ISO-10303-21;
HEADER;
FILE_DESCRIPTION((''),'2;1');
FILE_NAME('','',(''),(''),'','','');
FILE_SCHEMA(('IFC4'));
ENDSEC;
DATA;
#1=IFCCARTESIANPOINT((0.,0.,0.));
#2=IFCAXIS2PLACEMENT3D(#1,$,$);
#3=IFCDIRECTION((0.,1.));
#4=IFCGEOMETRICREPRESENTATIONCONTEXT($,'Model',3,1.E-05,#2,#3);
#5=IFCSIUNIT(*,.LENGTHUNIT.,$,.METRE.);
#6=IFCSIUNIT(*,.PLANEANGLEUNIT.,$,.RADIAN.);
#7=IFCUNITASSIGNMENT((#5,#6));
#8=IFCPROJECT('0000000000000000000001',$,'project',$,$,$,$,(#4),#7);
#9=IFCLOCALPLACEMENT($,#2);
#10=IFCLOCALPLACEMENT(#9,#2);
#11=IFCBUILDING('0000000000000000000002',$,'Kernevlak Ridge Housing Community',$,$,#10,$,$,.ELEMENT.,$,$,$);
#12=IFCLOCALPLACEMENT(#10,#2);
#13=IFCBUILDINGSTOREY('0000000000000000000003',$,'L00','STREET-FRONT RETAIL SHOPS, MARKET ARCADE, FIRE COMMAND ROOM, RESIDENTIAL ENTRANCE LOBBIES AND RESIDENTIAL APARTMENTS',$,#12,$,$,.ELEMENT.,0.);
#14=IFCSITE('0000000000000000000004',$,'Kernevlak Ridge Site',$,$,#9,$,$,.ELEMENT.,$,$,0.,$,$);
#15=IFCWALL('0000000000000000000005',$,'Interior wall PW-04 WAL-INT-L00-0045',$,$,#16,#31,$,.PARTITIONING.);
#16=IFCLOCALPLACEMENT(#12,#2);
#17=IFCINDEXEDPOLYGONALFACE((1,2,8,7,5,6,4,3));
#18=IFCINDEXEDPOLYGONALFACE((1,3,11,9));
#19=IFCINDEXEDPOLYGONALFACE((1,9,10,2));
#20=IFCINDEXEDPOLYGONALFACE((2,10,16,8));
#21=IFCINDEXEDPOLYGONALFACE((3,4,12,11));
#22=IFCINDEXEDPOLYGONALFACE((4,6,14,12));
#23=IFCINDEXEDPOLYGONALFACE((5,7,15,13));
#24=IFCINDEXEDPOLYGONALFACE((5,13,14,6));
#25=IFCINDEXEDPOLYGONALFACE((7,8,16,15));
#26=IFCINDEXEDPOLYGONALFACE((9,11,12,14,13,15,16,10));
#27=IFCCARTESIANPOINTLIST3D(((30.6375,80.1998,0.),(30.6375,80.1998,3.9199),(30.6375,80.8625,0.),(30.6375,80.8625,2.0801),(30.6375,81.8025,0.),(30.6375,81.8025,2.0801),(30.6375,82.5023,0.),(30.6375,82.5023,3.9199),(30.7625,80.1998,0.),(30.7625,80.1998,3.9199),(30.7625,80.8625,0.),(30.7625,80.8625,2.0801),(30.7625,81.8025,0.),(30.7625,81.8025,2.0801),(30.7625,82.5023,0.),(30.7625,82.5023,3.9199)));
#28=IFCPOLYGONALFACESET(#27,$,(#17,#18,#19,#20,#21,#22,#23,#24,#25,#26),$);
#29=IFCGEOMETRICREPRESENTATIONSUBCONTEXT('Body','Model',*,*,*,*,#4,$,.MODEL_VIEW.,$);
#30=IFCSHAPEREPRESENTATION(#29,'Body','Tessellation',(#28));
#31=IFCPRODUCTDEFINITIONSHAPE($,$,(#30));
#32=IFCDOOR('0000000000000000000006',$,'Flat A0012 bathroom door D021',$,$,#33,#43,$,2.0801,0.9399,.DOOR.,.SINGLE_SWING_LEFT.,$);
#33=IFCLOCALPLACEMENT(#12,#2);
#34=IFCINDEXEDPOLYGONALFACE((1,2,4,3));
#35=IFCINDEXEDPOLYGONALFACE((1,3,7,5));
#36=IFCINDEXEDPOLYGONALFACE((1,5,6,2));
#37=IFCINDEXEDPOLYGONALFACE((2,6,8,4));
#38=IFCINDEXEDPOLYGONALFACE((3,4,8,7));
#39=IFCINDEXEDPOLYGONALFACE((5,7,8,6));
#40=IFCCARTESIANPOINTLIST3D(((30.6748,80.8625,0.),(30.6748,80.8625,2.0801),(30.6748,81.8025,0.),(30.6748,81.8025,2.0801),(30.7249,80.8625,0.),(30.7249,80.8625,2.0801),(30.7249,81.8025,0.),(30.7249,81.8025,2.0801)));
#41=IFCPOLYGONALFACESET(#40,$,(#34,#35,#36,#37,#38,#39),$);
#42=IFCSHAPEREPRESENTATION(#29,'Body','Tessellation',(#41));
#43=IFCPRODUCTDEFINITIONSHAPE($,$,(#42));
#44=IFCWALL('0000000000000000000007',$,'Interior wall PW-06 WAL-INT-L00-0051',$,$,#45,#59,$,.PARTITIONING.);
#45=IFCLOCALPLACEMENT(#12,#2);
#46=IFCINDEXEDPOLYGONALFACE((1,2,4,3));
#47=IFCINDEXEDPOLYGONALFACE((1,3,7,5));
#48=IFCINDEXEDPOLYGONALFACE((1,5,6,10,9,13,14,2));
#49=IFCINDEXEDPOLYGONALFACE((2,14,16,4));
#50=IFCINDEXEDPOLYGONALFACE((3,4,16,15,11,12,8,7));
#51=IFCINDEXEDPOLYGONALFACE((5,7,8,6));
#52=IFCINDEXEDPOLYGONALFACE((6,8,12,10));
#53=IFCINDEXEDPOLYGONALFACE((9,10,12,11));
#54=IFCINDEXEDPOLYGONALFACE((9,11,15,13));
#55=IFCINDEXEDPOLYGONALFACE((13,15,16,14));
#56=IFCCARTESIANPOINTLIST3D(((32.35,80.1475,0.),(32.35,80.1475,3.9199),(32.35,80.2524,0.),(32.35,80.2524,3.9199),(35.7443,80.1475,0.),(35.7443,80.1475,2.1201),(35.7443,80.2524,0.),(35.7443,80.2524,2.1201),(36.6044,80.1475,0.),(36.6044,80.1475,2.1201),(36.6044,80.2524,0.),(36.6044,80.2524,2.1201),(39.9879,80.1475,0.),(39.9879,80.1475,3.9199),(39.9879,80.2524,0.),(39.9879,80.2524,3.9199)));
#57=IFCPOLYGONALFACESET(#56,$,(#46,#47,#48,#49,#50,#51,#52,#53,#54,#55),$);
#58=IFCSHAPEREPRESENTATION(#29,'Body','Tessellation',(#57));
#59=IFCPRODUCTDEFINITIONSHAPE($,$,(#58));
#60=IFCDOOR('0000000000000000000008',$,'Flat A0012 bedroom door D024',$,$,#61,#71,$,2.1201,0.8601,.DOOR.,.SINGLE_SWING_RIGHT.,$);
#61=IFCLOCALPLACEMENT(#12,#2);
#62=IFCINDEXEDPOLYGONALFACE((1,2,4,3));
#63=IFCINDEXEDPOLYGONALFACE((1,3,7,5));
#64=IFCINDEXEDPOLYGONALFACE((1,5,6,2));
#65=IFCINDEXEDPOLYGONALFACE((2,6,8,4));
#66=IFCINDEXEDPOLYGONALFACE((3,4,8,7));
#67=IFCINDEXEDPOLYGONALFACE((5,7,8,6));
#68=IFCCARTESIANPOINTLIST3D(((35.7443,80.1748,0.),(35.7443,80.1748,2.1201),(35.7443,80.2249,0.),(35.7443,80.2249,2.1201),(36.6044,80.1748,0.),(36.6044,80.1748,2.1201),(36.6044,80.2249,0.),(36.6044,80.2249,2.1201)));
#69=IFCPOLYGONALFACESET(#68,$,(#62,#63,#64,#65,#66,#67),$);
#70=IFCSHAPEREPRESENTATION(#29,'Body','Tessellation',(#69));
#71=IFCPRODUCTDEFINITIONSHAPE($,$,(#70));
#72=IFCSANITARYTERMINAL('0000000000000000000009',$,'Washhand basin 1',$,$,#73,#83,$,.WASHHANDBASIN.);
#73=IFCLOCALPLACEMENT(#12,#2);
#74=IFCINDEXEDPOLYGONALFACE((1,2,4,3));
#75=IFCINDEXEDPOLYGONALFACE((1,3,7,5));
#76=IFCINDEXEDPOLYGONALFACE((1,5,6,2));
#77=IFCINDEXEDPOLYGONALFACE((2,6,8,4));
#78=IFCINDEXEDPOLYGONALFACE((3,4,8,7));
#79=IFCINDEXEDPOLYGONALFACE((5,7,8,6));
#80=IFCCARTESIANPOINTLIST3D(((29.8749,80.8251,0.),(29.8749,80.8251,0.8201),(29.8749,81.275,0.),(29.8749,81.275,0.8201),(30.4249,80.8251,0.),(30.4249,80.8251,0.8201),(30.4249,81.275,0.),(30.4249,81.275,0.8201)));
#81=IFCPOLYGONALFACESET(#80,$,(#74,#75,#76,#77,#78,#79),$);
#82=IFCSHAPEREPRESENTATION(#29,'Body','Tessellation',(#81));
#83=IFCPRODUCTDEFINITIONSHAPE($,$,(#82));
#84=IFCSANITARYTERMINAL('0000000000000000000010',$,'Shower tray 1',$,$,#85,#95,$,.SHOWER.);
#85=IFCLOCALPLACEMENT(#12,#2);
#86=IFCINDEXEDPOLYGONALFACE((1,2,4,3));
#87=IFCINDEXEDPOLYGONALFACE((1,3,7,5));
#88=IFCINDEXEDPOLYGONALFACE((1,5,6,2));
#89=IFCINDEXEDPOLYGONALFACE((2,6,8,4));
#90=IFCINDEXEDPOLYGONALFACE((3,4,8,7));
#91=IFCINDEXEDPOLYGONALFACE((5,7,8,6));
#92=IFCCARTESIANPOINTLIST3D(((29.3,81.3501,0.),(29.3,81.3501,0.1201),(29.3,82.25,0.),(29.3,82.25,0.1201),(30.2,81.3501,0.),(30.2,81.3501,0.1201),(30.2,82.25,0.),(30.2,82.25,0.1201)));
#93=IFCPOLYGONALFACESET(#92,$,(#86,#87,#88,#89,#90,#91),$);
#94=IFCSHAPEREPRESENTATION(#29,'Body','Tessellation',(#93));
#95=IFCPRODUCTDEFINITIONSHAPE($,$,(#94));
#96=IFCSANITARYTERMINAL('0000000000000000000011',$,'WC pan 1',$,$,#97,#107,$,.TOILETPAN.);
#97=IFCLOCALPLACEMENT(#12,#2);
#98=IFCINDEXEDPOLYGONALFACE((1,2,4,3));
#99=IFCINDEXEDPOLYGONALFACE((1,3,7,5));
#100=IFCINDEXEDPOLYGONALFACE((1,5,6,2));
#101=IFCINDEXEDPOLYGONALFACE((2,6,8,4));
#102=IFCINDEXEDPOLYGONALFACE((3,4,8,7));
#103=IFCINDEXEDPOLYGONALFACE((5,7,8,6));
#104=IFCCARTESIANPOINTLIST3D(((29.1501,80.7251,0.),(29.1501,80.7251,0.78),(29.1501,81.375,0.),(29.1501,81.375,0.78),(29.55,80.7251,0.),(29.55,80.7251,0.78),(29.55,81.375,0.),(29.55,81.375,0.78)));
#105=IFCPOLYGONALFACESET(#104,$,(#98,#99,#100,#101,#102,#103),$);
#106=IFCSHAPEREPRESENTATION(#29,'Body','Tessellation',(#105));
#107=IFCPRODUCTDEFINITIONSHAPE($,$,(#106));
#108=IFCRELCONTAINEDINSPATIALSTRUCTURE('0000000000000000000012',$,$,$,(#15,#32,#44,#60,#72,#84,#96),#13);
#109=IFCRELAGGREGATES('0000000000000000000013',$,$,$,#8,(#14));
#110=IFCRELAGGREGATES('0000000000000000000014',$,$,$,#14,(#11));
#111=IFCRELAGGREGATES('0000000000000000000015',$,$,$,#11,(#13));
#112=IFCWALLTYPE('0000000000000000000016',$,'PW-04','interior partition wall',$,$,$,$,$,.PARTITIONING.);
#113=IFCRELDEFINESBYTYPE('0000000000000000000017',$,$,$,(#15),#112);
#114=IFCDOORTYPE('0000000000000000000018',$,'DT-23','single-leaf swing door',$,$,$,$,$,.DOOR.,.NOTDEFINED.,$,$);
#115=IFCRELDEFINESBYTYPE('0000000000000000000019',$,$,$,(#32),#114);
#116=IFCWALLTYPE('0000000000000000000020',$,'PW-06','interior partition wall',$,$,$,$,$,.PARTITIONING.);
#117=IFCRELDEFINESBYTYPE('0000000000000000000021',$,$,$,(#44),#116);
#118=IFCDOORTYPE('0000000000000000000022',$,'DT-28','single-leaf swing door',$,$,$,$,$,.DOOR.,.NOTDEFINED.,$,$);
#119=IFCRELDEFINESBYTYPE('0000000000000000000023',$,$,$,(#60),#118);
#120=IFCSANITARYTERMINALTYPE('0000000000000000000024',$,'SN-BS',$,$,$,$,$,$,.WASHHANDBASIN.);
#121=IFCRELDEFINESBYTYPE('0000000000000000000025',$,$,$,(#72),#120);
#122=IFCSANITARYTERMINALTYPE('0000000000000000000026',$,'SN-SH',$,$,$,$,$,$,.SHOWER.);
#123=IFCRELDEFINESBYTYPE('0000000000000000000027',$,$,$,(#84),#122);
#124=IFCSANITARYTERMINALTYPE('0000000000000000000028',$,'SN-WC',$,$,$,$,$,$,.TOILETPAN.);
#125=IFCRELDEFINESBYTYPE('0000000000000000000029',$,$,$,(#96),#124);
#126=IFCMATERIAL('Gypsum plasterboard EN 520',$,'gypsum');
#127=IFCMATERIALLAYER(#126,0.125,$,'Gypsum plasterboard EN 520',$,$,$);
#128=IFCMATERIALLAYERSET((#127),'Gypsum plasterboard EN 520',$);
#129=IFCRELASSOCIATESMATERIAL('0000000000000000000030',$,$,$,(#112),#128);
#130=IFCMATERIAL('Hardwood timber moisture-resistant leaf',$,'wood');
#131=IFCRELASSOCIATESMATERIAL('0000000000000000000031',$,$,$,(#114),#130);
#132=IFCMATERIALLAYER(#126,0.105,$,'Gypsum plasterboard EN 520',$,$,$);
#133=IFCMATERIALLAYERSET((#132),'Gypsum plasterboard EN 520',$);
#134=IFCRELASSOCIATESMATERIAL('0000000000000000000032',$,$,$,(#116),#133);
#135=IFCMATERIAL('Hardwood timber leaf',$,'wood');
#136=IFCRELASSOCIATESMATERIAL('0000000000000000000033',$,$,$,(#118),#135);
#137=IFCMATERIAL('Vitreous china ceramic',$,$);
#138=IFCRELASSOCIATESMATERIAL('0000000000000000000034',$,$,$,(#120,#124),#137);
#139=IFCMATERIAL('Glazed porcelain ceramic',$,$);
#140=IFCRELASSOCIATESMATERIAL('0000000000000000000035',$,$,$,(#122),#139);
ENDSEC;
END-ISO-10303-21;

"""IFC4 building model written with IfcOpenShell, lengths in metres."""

from ifc_helpers import new_model, si_unit, direction, frame, frame_2d, origin, origin_2d, place, context, subcontext, project, spatial, rectangle, extrude, material, layer, layer_set, type_object, element, fill, save


model = new_model("IFC4")

# Units and contexts
model_context = context("Model", 3, precision=1e-05, world=origin(), true_north=direction((0.0, 1.0)))
body_context = subcontext(model_context, "Body", "Model", "MODEL_VIEW")
ifc_project = project(units=[si_unit("LENGTHUNIT", "METRE"), si_unit("PLANEANGLEUNIT", "RADIAN")], contexts=[model_context])

# Site, building, storey
site_placement = place(None, origin())
site = spatial("IfcSite", under=ifc_project, at=site_placement, Name="Kernevlak Ridge Site", CompositionType="ELEMENT", RefElevation=0.0)
building_placement = place(site_placement, origin())
building = spatial("IfcBuilding", under=site, at=building_placement, Name="Kernevlak Ridge Housing Community", CompositionType="ELEMENT")
storey_placement = place(building_placement, origin())
storey = spatial("IfcBuildingStorey", under=building, at=storey_placement, Name="L00", Description="STREET-FRONT RETAIL SHOPS, MARKET ARCADE, FIRE COMMAND ROOM, RESIDENTIAL ENTRANCE LOBBIES AND RESIDENTIAL APARTMENTS", CompositionType="ELEMENT", Elevation=0.0)

# Shared definitions
ifc_material_1 = material(Name="Hardwood timber leaf", Category="wood")

# Walls, openings, doors
ifc_material_2 = material(Name="Gypsum plasterboard EN 520", Category="gypsum")
ifc_layer_1 = layer(ifc_material_2, 0.125, Name="Gypsum plasterboard EN 520")
ifc_layer_set_1 = layer_set([ifc_layer_1], Name="Gypsum plasterboard EN 520")
wall_type_1 = type_object("IfcWallType", Name="PW-04", Description="interior partition wall", PredefinedType="PARTITIONING", material=ifc_layer_set_1)
wall_1_placement = place(storey_placement, frame((30.7, 82.5024, 0.0), z_axis=(0.0, 0.0, 1.0), x_axis=(0.0, -1.0, 0.0)))
wall_1 = element("IfcWall", 1, at=wall_1_placement, inside=storey, type_object=wall_type_1, Name="Interior wall PW-04 WAL-INT-L00-0045", PredefinedType="PARTITIONING", context=body_context, shape_type="SweptSolid", body=[
    extrude(rectangle(XDim=2.3025, YDim=0.125, at=frame_2d((1.1514, 0.0))), origin(), (0.0, 0.0, 1.0), 3.9199),
])
opening_1_placement = place(wall_1_placement, frame((0.7, 0.0, 0.0)))
opening_1 = element("IfcOpeningElement", 2, at=opening_1_placement, cuts=wall_1, PredefinedType="OPENING", context=body_context, shape_type="SweptSolid", body=[
    extrude(rectangle(XDim=0.9399, YDim=2.0801, at=frame_2d((0.47, 1.04))), frame((0.0, 0.0725, 0.0), z_axis=(0.0, -1.0, 0.0), x_axis=(1.0, 0.0, 0.0)), (0.0, 0.0, 1.0), 0.145),
])
ifc_material_3 = material(Name="Hardwood timber moisture-resistant leaf", Category="wood")
door_type_1 = type_object("IfcDoorType", Name="DT-23", Description="single-leaf swing door", OperationType="NOTDEFINED", PredefinedType="DOOR", material=ifc_material_3)
door_1_placement = place(opening_1_placement, origin())
door_1 = element("IfcDoor", 3, at=door_1_placement, inside=storey, type_object=door_type_1, Name="Flat A0012 bathroom door D021", OperationType="SINGLE_SWING_LEFT", OverallHeight=2.0801, OverallWidth=0.9399, PredefinedType="DOOR", context=body_context, shape_type="SweptSolid", body=[
    extrude(rectangle(XDim=0.9399, YDim=2.0801, at=frame_2d((0.47, 1.04))), frame((0.0, 0.0249, 0.0), z_axis=(0.0, -1.0, 0.0), x_axis=(1.0, 0.0, 0.0)), (0.0, 0.0, 1.0), 0.05),
])
fill(opening_1, door_1)
ifc_layer_2 = layer(ifc_material_2, 0.105, Name="Gypsum plasterboard EN 520")
ifc_layer_set_2 = layer_set([ifc_layer_2], Name="Gypsum plasterboard EN 520")
wall_type_2 = type_object("IfcWallType", Name="PW-06", Description="interior partition wall", PredefinedType="PARTITIONING", material=ifc_layer_set_2)
wall_2_placement = place(storey_placement, frame((32.3501, 80.2, 0.0), z_axis=(0.0, 0.0, 1.0), x_axis=(1.0, 0.0, 0.0)))
wall_2 = element("IfcWall", 4, at=wall_2_placement, inside=storey, type_object=wall_type_2, Name="Interior wall PW-06 WAL-INT-L00-0051", PredefinedType="PARTITIONING", context=body_context, shape_type="SweptSolid", body=[
    extrude(rectangle(XDim=7.6379, YDim=0.105, at=frame_2d((3.8188, 0.0))), origin(), (0.0, 0.0, 1.0), 3.9199),
])
opening_2_placement = place(wall_2_placement, frame((3.394, 0.0, 0.0)))
opening_2 = element("IfcOpeningElement", 5, at=opening_2_placement, cuts=wall_2, PredefinedType="OPENING", context=body_context, shape_type="SweptSolid", body=[
    extrude(rectangle(XDim=0.8601, YDim=2.1201, at=frame_2d((0.4302, 1.0601))), frame((0.0, 0.0625, 0.0), z_axis=(0.0, -1.0, 0.0), x_axis=(1.0, 0.0, 0.0)), (0.0, 0.0, 1.0), 0.125),
])
door_type_2 = type_object("IfcDoorType", Name="DT-28", Description="single-leaf swing door", OperationType="NOTDEFINED", PredefinedType="DOOR", material=ifc_material_1)
door_2_placement = place(opening_2_placement, origin())
door_2 = element("IfcDoor", 6, at=door_2_placement, inside=storey, type_object=door_type_2, Name="Flat A0012 bedroom door D024", OperationType="SINGLE_SWING_RIGHT", OverallHeight=2.1201, OverallWidth=0.8601, PredefinedType="DOOR", context=body_context, shape_type="SweptSolid", body=[
    extrude(rectangle(XDim=0.8601, YDim=2.1201, at=frame_2d((0.4302, 1.0601))), frame((0.0, 0.0249, 0.0), z_axis=(0.0, -1.0, 0.0), x_axis=(1.0, 0.0, 0.0)), (0.0, 0.0, 1.0), 0.05),
])
fill(opening_2, door_2)

# Sanitary terminals
ifc_material_4 = material(Name="Vitreous china ceramic")
sanitary_terminal_type_1 = type_object("IfcSanitaryTerminalType", Name="SN-BS", PredefinedType="WASHHANDBASIN", material=ifc_material_4)
sanitary_terminal_1_placement = place(storey_placement, frame((30.1499, 81.05, 0.0), z_axis=(0.0, 0.0, 1.0), x_axis=(1.0, 0.0, 0.0)))
element("IfcSanitaryTerminal", 7, at=sanitary_terminal_1_placement, inside=storey, type_object=sanitary_terminal_type_1, Name="Washhand basin 1", PredefinedType="WASHHANDBASIN", context=body_context, shape_type="SweptSolid", body=[
    extrude(rectangle(XDim=0.55, YDim=0.45, at=origin_2d()), origin(), (0.0, 0.0, 1.0), 0.8201),
])
ifc_material_5 = material(Name="Glazed porcelain ceramic")
sanitary_terminal_type_2 = type_object("IfcSanitaryTerminalType", Name="SN-SH", PredefinedType="SHOWER", material=ifc_material_5)
sanitary_terminal_2_placement = place(storey_placement, frame((29.75, 81.8, 0.0), z_axis=(0.0, 0.0, 1.0), x_axis=(1.0, 0.0, 0.0)))
element("IfcSanitaryTerminal", 8, at=sanitary_terminal_2_placement, inside=storey, type_object=sanitary_terminal_type_2, Name="Shower tray 1", PredefinedType="SHOWER", context=body_context, shape_type="SweptSolid", body=[
    extrude(rectangle(XDim=0.8999, YDim=0.8999, at=origin_2d()), origin(), (0.0, 0.0, 1.0), 0.1201),
])
sanitary_terminal_type_3 = type_object("IfcSanitaryTerminalType", Name="SN-WC", PredefinedType="TOILETPAN", material=ifc_material_4)
sanitary_terminal_3_placement = place(storey_placement, frame((29.3501, 81.05, 0.0), z_axis=(0.0, 0.0, 1.0), x_axis=(1.0, 0.0, 0.0)))
element("IfcSanitaryTerminal", 9, at=sanitary_terminal_3_placement, inside=storey, type_object=sanitary_terminal_type_3, Name="WC pan 1", PredefinedType="TOILETPAN", context=body_context, shape_type="SweptSolid", body=[
    extrude(rectangle(XDim=0.3999, YDim=0.6499, at=origin_2d()), origin(), (0.0, 0.0, 1.0), 0.78),
])

save(model, "model.ifc")
